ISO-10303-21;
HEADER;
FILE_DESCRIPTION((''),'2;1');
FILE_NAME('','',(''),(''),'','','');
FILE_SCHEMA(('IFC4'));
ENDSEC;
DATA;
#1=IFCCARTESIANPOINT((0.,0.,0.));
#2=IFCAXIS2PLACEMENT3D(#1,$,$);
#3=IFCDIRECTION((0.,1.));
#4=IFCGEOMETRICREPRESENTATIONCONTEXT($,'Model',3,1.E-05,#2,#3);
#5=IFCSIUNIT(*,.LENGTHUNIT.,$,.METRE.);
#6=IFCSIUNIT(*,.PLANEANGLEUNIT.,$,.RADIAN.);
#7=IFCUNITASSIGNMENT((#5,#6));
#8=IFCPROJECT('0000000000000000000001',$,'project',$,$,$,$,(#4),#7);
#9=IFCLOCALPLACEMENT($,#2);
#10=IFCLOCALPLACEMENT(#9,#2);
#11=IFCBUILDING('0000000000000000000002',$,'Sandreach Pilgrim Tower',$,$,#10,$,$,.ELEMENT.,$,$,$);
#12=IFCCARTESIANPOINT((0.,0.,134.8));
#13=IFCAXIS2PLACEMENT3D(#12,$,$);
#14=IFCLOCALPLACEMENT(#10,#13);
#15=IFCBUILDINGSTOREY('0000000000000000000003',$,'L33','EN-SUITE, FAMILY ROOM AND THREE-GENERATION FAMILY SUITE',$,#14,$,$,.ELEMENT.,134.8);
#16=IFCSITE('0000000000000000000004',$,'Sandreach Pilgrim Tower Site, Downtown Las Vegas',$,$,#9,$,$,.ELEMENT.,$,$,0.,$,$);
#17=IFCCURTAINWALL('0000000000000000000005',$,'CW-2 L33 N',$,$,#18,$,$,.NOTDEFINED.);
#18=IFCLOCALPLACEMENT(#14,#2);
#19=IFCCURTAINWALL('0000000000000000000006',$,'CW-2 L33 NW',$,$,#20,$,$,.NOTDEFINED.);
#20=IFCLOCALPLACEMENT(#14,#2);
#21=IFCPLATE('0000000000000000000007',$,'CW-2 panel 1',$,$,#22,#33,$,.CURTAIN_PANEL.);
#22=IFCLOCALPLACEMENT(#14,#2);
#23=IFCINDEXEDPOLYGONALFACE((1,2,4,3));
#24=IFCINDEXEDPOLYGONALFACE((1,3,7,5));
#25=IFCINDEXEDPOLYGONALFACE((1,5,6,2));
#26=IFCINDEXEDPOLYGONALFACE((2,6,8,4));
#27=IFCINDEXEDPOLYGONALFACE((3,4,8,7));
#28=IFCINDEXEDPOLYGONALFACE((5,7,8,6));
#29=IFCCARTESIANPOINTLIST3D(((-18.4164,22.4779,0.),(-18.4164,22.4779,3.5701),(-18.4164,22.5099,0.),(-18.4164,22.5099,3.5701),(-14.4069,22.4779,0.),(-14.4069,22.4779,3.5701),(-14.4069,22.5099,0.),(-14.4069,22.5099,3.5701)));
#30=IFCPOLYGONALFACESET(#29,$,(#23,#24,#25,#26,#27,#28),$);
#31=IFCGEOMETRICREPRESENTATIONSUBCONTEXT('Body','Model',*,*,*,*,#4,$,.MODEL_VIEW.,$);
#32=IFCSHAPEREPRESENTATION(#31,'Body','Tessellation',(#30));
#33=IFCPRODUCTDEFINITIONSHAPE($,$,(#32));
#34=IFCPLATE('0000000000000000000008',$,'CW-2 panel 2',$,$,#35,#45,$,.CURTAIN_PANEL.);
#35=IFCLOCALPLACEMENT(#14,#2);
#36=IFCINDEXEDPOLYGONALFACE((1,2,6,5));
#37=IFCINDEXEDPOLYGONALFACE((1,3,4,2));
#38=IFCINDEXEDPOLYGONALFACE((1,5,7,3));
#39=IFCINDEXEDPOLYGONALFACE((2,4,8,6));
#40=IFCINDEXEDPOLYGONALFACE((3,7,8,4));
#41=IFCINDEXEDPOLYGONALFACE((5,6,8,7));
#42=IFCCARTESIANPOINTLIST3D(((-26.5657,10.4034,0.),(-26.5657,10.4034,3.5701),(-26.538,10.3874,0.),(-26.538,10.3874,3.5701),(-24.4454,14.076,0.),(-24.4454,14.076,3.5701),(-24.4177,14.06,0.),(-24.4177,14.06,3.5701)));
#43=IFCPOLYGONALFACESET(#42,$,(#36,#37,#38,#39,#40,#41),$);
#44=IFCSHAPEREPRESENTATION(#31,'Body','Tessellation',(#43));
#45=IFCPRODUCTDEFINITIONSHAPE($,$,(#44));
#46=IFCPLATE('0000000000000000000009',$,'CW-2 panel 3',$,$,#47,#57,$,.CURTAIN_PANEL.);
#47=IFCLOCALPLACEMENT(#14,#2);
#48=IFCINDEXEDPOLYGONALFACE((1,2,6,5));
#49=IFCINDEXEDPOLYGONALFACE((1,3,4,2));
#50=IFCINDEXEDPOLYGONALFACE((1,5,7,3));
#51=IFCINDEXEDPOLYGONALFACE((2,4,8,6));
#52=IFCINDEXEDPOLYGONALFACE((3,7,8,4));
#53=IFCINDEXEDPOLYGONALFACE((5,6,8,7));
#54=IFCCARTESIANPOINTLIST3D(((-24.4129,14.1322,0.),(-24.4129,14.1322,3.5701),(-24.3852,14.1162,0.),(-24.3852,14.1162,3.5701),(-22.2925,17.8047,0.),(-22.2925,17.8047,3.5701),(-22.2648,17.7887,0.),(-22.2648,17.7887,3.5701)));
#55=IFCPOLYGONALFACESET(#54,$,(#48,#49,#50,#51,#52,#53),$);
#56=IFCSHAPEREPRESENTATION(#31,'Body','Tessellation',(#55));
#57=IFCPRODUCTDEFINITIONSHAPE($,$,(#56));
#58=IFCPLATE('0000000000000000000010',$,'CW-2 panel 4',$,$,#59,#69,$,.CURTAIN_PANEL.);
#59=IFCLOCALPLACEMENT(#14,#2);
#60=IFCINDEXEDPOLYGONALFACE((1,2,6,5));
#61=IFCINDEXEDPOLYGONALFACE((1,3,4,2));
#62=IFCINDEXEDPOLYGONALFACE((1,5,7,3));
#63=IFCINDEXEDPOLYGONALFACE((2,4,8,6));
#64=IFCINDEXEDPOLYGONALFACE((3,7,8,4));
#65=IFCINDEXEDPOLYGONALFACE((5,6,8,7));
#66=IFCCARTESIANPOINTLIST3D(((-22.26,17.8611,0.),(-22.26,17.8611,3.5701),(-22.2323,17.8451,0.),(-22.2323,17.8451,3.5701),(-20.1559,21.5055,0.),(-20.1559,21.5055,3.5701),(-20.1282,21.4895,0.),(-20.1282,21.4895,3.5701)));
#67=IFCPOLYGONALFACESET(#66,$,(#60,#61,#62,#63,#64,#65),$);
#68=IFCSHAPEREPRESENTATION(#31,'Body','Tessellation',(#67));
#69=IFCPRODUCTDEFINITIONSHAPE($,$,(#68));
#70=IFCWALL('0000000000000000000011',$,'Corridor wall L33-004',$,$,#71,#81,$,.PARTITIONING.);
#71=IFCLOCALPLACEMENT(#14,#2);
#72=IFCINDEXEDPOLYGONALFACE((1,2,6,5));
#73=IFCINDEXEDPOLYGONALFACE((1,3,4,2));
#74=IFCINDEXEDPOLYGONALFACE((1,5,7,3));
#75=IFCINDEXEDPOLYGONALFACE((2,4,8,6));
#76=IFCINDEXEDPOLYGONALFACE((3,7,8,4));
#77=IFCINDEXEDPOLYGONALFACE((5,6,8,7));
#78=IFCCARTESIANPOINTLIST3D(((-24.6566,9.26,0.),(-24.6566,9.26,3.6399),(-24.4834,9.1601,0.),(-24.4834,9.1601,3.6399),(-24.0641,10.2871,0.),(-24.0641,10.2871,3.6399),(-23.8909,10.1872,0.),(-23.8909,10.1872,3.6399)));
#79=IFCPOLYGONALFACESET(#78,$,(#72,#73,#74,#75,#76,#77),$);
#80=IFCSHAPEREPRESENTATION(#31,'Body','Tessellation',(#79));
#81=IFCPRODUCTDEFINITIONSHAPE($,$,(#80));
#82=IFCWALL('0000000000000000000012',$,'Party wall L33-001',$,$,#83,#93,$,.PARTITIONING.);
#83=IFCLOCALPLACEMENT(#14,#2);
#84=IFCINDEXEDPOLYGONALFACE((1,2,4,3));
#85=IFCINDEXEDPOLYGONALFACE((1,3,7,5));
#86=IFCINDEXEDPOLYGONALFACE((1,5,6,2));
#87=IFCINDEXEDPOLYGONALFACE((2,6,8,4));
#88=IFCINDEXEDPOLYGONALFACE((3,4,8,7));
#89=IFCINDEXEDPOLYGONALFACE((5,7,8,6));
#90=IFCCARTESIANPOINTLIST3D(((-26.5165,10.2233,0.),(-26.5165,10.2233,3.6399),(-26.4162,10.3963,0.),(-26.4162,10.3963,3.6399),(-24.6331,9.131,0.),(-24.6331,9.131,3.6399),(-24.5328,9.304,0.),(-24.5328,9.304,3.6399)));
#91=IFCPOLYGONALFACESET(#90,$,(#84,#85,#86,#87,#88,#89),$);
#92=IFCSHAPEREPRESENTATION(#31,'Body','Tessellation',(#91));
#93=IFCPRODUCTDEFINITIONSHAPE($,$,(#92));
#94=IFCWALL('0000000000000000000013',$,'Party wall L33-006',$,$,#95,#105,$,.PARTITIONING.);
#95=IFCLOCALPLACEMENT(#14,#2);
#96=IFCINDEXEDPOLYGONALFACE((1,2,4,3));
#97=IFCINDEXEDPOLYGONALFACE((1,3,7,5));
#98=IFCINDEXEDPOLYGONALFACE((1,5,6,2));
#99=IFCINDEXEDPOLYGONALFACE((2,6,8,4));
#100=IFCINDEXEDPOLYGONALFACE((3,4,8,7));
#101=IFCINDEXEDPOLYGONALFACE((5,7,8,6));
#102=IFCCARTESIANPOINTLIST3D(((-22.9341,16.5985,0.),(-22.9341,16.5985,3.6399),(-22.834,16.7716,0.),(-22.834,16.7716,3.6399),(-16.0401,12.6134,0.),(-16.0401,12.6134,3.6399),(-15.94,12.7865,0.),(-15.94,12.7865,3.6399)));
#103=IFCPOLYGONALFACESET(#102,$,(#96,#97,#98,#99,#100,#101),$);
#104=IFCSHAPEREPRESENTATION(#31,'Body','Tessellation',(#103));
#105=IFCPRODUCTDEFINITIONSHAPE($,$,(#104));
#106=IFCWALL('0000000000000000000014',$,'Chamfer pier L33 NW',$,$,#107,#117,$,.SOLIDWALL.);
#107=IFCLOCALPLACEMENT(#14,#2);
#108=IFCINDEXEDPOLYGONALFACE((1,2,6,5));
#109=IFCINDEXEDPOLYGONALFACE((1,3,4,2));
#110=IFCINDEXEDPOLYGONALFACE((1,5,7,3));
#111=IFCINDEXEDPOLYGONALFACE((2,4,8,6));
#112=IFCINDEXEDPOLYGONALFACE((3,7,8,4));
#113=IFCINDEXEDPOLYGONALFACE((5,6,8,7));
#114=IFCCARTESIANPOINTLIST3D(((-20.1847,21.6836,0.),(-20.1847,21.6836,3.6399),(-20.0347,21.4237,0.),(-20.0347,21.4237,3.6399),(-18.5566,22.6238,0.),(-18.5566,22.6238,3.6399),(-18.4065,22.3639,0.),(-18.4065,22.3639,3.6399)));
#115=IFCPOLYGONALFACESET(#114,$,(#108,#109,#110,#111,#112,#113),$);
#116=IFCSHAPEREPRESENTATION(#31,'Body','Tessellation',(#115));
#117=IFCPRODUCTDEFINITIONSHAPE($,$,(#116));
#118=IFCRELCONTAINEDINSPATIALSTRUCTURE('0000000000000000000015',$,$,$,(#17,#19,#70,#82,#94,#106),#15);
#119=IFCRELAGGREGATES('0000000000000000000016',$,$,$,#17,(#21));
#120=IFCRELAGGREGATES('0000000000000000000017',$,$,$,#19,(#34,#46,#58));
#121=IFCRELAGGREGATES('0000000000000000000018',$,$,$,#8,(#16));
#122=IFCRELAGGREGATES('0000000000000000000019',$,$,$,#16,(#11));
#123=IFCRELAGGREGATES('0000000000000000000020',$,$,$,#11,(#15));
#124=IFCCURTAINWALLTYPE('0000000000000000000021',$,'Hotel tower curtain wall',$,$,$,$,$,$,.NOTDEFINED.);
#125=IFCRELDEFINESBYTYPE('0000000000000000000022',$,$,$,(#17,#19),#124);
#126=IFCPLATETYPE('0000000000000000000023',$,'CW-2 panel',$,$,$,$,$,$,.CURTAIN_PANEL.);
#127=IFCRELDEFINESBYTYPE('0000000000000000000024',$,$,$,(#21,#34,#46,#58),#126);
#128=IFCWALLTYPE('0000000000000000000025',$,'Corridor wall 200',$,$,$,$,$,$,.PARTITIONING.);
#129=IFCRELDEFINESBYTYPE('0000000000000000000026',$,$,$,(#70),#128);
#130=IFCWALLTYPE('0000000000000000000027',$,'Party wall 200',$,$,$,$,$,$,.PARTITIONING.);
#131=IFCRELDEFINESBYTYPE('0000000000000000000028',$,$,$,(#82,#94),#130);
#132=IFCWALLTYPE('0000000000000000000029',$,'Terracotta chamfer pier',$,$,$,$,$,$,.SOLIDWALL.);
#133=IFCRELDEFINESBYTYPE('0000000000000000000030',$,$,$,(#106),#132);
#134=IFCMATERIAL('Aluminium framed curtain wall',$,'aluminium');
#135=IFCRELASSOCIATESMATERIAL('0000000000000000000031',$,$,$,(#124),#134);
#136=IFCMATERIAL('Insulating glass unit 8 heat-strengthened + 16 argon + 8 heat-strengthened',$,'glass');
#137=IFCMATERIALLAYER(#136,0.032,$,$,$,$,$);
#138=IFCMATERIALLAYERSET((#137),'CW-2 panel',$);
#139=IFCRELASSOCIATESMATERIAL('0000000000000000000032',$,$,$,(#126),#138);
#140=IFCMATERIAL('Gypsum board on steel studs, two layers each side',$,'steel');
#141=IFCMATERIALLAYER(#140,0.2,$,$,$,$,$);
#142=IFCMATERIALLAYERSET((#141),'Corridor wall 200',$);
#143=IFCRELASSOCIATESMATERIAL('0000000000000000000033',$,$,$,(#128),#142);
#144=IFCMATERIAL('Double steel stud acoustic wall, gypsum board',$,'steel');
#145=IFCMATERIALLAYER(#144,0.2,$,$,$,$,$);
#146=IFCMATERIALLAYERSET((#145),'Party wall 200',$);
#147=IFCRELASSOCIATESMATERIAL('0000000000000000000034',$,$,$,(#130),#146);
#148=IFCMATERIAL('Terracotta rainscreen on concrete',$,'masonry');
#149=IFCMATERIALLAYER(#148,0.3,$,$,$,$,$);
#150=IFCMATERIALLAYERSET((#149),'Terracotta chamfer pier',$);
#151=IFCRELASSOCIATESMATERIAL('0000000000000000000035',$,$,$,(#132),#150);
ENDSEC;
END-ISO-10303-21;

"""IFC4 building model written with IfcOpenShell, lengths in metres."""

from ifc_helpers import new_model, si_unit, direction, frame, frame_2d, origin, origin_2d, place, context, subcontext, project, spatial, rectangle, extrude, material, layer, layer_set, type_object, element, aggregate, save


model = new_model("IFC4")

# Units and contexts
model_context = context("Model", 3, precision=1e-05, world=origin(), true_north=direction((0.0, 1.0)))
body_context = subcontext(model_context, "Body", "Model", "MODEL_VIEW")
ifc_project = project(units=[si_unit("LENGTHUNIT", "METRE"), si_unit("PLANEANGLEUNIT", "RADIAN")], contexts=[model_context])

# Site, building, storey
site_placement = place(None, origin())
site = spatial("IfcSite", under=ifc_project, at=site_placement, Name="Sandreach Pilgrim Tower Site, Downtown Las Vegas", CompositionType="ELEMENT", RefElevation=0.0)
building_placement = place(site_placement, origin())
building = spatial("IfcBuilding", under=site, at=building_placement, Name="Sandreach Pilgrim Tower", CompositionType="ELEMENT")
storey_placement = place(building_placement, frame((0.0, 0.0, 134.8)))
storey = spatial("IfcBuildingStorey", under=building, at=storey_placement, Name="L33", Description="EN-SUITE, FAMILY ROOM AND THREE-GENERATION FAMILY SUITE", CompositionType="ELEMENT", Elevation=134.8)

# Curtain wall
ifc_material_1 = material(Name="Aluminium framed curtain wall", Category="aluminium")
curtain_wall_type = type_object("IfcCurtainWallType", Name="Hotel tower curtain wall", PredefinedType="NOTDEFINED", material=ifc_material_1)
curtain_wall_1_placement = place(storey_placement, origin())
curtain_wall_1 = element("IfcCurtainWall", 1, at=curtain_wall_1_placement, inside=storey, type_object=curtain_wall_type, Name="CW-2 L33 N", PredefinedType="NOTDEFINED")

# Curtain wall
curtain_wall_2_placement = place(storey_placement, origin())
curtain_wall_2 = element("IfcCurtainWall", 2, at=curtain_wall_2_placement, inside=storey, type_object=curtain_wall_type, Name="CW-2 L33 NW", PredefinedType="NOTDEFINED")

# Plates
ifc_material_2 = material(Name="Insulating glass unit 8 heat-strengthened + 16 argon + 8 heat-strengthened", Category="glass")
ifc_layer_1 = layer(ifc_material_2, 0.032)
ifc_layer_set_1 = layer_set([ifc_layer_1], Name="CW-2 panel")
plate_type = type_object("IfcPlateType", Name="CW-2 panel", PredefinedType="CURTAIN_PANEL", material=ifc_layer_set_1)
plate_1_placement = place(storey_placement, frame((-16.4116, 22.4939, 0.0), z_axis=(0.0, 0.0, 1.0), x_axis=(1.0, 0.0, 0.0)))
plate_1 = element("IfcPlate", 3, at=plate_1_placement, type_object=plate_type, Name="CW-2 panel 1", PredefinedType="CURTAIN_PANEL", context=body_context, shape_type="SweptSolid", body=[
    extrude(rectangle(XDim=4.0095, YDim=0.032, at=origin_2d()), origin(), (0.0, 0.0, 1.0), 3.5701),
])
aggregate(curtain_wall_1, [plate_1])
plate_2_placement = place(storey_placement, frame((-25.4917, 12.2317, 0.0), z_axis=(0.0, 0.0, 1.0), x_axis=(0.5, 0.866025, 0.0)))
plate_2 = element("IfcPlate", 4, at=plate_2_placement, type_object=plate_type, Name="CW-2 panel 2", PredefinedType="CURTAIN_PANEL", context=body_context, shape_type="SweptSolid", body=[
    extrude(rectangle(XDim=4.2407, YDim=0.032, at=origin_2d()), origin(), (0.0, 0.0, 1.0), 3.5701),
])
plate_3_placement = place(storey_placement, frame((-23.3389, 15.9604, 0.0), z_axis=(0.0, 0.0, 1.0), x_axis=(0.5, 0.866025, 0.0)))
plate_3 = element("IfcPlate", 5, at=plate_3_placement, type_object=plate_type, Name="CW-2 panel 3", PredefinedType="CURTAIN_PANEL", context=body_context, shape_type="SweptSolid", body=[
    extrude(rectangle(XDim=4.2407, YDim=0.032, at=origin_2d()), origin(), (0.0, 0.0, 1.0), 3.5701),
])
plate_4_placement = place(storey_placement, frame((-21.1941, 19.6753, 0.0), z_axis=(0.0, 0.0, 1.0), x_axis=(0.5, 0.866025, 0.0)))
plate_4 = element("IfcPlate", 6, at=plate_4_placement, type_object=plate_type, Name="CW-2 panel 4", PredefinedType="CURTAIN_PANEL", context=body_context, shape_type="SweptSolid", body=[
    extrude(rectangle(XDim=4.2083, YDim=0.032, at=origin_2d()), origin(), (0.0, 0.0, 1.0), 3.5701),
])
aggregate(curtain_wall_2, [plate_2, plate_3, plate_4])

# Walls
ifc_material_3 = material(Name="Gypsum board on steel studs, two layers each side", Category="steel")
ifc_layer_2 = layer(ifc_material_3, 0.2)
ifc_layer_set_2 = layer_set([ifc_layer_2], Name="Corridor wall 200")
wall_type_1 = type_object("IfcWallType", Name="Corridor wall 200", PredefinedType="PARTITIONING", material=ifc_layer_set_2)
wall_1_placement = place(storey_placement, frame((-23.9775, 10.2371, 0.0), z_axis=(0.0, 0.0, 1.0), x_axis=(-0.499705, -0.866196, 0.0)))
element("IfcWall", 7, at=wall_1_placement, inside=storey, type_object=wall_type_1, Name="Corridor wall L33-004", PredefinedType="PARTITIONING", context=body_context, shape_type="SweptSolid", body=[
    extrude(rectangle(XDim=1.1858, YDim=0.2, at=frame_2d((0.5928, 0.0))), origin(), (0.0, 0.0, 1.0), 3.6399),
])
ifc_material_4 = material(Name="Double steel stud acoustic wall, gypsum board", Category="steel")
ifc_layer_3 = layer(ifc_material_4, 0.2)
ifc_layer_set_3 = layer_set([ifc_layer_3], Name="Party wall 200")
wall_type_2 = type_object("IfcWallType", Name="Party wall 200", PredefinedType="PARTITIONING", material=ifc_layer_set_3)
wall_2_placement = place(storey_placement, frame((-26.4663, 10.3098, 0.0), z_axis=(0.0, 0.0, 1.0), x_axis=(0.865037, -0.501708, 0.0)))
element("IfcWall", 8, at=wall_2_placement, inside=storey, type_object=wall_type_2, Name="Party wall L33-001", PredefinedType="PARTITIONING", context=body_context, shape_type="SweptSolid", body=[
    extrude(rectangle(XDim=2.1772, YDim=0.2, at=frame_2d((1.0886, 0.0))), origin(), (0.0, 0.0, 1.0), 3.6399),
])
wall_3_placement = place(storey_placement, frame((-22.884, 16.6851, 0.0), z_axis=(0.0, 0.0, 1.0), x_axis=(0.865763, -0.500455, 0.0)))
element("IfcWall", 9, at=wall_3_placement, inside=storey, type_object=wall_type_2, Name="Party wall L33-006", PredefinedType="PARTITIONING", context=body_context, shape_type="SweptSolid", body=[
    extrude(rectangle(XDim=7.9629, YDim=0.2, at=frame_2d((3.9814, 0.0))), origin(), (0.0, 0.0, 1.0), 3.6399),
])
ifc_material_5 = material(Name="Terracotta rainscreen on concrete", Category="masonry")
ifc_layer_4 = layer(ifc_material_5, 0.3)
ifc_layer_set_4 = layer_set([ifc_layer_4], Name="Terracotta chamfer pier")
wall_type_3 = type_object("IfcWallType", Name="Terracotta chamfer pier", PredefinedType="SOLIDWALL", material=ifc_layer_set_4)
wall_4_placement = place(storey_placement, frame((-20.1096, 21.5537, 0.0), z_axis=(0.0, 0.0, 1.0), x_axis=(0.865989, 0.500063, 0.0)))
element("IfcWall", 10, at=wall_4_placement, inside=storey, type_object=wall_type_3, Name="Chamfer pier L33 NW", PredefinedType="SOLIDWALL", context=body_context, shape_type="SweptSolid", body=[
    extrude(rectangle(XDim=1.8801, YDim=0.3, at=frame_2d((0.9399, 0.0))), origin(), (0.0, 0.0, 1.0), 3.6399),
])

save(model, "model.ifc")
